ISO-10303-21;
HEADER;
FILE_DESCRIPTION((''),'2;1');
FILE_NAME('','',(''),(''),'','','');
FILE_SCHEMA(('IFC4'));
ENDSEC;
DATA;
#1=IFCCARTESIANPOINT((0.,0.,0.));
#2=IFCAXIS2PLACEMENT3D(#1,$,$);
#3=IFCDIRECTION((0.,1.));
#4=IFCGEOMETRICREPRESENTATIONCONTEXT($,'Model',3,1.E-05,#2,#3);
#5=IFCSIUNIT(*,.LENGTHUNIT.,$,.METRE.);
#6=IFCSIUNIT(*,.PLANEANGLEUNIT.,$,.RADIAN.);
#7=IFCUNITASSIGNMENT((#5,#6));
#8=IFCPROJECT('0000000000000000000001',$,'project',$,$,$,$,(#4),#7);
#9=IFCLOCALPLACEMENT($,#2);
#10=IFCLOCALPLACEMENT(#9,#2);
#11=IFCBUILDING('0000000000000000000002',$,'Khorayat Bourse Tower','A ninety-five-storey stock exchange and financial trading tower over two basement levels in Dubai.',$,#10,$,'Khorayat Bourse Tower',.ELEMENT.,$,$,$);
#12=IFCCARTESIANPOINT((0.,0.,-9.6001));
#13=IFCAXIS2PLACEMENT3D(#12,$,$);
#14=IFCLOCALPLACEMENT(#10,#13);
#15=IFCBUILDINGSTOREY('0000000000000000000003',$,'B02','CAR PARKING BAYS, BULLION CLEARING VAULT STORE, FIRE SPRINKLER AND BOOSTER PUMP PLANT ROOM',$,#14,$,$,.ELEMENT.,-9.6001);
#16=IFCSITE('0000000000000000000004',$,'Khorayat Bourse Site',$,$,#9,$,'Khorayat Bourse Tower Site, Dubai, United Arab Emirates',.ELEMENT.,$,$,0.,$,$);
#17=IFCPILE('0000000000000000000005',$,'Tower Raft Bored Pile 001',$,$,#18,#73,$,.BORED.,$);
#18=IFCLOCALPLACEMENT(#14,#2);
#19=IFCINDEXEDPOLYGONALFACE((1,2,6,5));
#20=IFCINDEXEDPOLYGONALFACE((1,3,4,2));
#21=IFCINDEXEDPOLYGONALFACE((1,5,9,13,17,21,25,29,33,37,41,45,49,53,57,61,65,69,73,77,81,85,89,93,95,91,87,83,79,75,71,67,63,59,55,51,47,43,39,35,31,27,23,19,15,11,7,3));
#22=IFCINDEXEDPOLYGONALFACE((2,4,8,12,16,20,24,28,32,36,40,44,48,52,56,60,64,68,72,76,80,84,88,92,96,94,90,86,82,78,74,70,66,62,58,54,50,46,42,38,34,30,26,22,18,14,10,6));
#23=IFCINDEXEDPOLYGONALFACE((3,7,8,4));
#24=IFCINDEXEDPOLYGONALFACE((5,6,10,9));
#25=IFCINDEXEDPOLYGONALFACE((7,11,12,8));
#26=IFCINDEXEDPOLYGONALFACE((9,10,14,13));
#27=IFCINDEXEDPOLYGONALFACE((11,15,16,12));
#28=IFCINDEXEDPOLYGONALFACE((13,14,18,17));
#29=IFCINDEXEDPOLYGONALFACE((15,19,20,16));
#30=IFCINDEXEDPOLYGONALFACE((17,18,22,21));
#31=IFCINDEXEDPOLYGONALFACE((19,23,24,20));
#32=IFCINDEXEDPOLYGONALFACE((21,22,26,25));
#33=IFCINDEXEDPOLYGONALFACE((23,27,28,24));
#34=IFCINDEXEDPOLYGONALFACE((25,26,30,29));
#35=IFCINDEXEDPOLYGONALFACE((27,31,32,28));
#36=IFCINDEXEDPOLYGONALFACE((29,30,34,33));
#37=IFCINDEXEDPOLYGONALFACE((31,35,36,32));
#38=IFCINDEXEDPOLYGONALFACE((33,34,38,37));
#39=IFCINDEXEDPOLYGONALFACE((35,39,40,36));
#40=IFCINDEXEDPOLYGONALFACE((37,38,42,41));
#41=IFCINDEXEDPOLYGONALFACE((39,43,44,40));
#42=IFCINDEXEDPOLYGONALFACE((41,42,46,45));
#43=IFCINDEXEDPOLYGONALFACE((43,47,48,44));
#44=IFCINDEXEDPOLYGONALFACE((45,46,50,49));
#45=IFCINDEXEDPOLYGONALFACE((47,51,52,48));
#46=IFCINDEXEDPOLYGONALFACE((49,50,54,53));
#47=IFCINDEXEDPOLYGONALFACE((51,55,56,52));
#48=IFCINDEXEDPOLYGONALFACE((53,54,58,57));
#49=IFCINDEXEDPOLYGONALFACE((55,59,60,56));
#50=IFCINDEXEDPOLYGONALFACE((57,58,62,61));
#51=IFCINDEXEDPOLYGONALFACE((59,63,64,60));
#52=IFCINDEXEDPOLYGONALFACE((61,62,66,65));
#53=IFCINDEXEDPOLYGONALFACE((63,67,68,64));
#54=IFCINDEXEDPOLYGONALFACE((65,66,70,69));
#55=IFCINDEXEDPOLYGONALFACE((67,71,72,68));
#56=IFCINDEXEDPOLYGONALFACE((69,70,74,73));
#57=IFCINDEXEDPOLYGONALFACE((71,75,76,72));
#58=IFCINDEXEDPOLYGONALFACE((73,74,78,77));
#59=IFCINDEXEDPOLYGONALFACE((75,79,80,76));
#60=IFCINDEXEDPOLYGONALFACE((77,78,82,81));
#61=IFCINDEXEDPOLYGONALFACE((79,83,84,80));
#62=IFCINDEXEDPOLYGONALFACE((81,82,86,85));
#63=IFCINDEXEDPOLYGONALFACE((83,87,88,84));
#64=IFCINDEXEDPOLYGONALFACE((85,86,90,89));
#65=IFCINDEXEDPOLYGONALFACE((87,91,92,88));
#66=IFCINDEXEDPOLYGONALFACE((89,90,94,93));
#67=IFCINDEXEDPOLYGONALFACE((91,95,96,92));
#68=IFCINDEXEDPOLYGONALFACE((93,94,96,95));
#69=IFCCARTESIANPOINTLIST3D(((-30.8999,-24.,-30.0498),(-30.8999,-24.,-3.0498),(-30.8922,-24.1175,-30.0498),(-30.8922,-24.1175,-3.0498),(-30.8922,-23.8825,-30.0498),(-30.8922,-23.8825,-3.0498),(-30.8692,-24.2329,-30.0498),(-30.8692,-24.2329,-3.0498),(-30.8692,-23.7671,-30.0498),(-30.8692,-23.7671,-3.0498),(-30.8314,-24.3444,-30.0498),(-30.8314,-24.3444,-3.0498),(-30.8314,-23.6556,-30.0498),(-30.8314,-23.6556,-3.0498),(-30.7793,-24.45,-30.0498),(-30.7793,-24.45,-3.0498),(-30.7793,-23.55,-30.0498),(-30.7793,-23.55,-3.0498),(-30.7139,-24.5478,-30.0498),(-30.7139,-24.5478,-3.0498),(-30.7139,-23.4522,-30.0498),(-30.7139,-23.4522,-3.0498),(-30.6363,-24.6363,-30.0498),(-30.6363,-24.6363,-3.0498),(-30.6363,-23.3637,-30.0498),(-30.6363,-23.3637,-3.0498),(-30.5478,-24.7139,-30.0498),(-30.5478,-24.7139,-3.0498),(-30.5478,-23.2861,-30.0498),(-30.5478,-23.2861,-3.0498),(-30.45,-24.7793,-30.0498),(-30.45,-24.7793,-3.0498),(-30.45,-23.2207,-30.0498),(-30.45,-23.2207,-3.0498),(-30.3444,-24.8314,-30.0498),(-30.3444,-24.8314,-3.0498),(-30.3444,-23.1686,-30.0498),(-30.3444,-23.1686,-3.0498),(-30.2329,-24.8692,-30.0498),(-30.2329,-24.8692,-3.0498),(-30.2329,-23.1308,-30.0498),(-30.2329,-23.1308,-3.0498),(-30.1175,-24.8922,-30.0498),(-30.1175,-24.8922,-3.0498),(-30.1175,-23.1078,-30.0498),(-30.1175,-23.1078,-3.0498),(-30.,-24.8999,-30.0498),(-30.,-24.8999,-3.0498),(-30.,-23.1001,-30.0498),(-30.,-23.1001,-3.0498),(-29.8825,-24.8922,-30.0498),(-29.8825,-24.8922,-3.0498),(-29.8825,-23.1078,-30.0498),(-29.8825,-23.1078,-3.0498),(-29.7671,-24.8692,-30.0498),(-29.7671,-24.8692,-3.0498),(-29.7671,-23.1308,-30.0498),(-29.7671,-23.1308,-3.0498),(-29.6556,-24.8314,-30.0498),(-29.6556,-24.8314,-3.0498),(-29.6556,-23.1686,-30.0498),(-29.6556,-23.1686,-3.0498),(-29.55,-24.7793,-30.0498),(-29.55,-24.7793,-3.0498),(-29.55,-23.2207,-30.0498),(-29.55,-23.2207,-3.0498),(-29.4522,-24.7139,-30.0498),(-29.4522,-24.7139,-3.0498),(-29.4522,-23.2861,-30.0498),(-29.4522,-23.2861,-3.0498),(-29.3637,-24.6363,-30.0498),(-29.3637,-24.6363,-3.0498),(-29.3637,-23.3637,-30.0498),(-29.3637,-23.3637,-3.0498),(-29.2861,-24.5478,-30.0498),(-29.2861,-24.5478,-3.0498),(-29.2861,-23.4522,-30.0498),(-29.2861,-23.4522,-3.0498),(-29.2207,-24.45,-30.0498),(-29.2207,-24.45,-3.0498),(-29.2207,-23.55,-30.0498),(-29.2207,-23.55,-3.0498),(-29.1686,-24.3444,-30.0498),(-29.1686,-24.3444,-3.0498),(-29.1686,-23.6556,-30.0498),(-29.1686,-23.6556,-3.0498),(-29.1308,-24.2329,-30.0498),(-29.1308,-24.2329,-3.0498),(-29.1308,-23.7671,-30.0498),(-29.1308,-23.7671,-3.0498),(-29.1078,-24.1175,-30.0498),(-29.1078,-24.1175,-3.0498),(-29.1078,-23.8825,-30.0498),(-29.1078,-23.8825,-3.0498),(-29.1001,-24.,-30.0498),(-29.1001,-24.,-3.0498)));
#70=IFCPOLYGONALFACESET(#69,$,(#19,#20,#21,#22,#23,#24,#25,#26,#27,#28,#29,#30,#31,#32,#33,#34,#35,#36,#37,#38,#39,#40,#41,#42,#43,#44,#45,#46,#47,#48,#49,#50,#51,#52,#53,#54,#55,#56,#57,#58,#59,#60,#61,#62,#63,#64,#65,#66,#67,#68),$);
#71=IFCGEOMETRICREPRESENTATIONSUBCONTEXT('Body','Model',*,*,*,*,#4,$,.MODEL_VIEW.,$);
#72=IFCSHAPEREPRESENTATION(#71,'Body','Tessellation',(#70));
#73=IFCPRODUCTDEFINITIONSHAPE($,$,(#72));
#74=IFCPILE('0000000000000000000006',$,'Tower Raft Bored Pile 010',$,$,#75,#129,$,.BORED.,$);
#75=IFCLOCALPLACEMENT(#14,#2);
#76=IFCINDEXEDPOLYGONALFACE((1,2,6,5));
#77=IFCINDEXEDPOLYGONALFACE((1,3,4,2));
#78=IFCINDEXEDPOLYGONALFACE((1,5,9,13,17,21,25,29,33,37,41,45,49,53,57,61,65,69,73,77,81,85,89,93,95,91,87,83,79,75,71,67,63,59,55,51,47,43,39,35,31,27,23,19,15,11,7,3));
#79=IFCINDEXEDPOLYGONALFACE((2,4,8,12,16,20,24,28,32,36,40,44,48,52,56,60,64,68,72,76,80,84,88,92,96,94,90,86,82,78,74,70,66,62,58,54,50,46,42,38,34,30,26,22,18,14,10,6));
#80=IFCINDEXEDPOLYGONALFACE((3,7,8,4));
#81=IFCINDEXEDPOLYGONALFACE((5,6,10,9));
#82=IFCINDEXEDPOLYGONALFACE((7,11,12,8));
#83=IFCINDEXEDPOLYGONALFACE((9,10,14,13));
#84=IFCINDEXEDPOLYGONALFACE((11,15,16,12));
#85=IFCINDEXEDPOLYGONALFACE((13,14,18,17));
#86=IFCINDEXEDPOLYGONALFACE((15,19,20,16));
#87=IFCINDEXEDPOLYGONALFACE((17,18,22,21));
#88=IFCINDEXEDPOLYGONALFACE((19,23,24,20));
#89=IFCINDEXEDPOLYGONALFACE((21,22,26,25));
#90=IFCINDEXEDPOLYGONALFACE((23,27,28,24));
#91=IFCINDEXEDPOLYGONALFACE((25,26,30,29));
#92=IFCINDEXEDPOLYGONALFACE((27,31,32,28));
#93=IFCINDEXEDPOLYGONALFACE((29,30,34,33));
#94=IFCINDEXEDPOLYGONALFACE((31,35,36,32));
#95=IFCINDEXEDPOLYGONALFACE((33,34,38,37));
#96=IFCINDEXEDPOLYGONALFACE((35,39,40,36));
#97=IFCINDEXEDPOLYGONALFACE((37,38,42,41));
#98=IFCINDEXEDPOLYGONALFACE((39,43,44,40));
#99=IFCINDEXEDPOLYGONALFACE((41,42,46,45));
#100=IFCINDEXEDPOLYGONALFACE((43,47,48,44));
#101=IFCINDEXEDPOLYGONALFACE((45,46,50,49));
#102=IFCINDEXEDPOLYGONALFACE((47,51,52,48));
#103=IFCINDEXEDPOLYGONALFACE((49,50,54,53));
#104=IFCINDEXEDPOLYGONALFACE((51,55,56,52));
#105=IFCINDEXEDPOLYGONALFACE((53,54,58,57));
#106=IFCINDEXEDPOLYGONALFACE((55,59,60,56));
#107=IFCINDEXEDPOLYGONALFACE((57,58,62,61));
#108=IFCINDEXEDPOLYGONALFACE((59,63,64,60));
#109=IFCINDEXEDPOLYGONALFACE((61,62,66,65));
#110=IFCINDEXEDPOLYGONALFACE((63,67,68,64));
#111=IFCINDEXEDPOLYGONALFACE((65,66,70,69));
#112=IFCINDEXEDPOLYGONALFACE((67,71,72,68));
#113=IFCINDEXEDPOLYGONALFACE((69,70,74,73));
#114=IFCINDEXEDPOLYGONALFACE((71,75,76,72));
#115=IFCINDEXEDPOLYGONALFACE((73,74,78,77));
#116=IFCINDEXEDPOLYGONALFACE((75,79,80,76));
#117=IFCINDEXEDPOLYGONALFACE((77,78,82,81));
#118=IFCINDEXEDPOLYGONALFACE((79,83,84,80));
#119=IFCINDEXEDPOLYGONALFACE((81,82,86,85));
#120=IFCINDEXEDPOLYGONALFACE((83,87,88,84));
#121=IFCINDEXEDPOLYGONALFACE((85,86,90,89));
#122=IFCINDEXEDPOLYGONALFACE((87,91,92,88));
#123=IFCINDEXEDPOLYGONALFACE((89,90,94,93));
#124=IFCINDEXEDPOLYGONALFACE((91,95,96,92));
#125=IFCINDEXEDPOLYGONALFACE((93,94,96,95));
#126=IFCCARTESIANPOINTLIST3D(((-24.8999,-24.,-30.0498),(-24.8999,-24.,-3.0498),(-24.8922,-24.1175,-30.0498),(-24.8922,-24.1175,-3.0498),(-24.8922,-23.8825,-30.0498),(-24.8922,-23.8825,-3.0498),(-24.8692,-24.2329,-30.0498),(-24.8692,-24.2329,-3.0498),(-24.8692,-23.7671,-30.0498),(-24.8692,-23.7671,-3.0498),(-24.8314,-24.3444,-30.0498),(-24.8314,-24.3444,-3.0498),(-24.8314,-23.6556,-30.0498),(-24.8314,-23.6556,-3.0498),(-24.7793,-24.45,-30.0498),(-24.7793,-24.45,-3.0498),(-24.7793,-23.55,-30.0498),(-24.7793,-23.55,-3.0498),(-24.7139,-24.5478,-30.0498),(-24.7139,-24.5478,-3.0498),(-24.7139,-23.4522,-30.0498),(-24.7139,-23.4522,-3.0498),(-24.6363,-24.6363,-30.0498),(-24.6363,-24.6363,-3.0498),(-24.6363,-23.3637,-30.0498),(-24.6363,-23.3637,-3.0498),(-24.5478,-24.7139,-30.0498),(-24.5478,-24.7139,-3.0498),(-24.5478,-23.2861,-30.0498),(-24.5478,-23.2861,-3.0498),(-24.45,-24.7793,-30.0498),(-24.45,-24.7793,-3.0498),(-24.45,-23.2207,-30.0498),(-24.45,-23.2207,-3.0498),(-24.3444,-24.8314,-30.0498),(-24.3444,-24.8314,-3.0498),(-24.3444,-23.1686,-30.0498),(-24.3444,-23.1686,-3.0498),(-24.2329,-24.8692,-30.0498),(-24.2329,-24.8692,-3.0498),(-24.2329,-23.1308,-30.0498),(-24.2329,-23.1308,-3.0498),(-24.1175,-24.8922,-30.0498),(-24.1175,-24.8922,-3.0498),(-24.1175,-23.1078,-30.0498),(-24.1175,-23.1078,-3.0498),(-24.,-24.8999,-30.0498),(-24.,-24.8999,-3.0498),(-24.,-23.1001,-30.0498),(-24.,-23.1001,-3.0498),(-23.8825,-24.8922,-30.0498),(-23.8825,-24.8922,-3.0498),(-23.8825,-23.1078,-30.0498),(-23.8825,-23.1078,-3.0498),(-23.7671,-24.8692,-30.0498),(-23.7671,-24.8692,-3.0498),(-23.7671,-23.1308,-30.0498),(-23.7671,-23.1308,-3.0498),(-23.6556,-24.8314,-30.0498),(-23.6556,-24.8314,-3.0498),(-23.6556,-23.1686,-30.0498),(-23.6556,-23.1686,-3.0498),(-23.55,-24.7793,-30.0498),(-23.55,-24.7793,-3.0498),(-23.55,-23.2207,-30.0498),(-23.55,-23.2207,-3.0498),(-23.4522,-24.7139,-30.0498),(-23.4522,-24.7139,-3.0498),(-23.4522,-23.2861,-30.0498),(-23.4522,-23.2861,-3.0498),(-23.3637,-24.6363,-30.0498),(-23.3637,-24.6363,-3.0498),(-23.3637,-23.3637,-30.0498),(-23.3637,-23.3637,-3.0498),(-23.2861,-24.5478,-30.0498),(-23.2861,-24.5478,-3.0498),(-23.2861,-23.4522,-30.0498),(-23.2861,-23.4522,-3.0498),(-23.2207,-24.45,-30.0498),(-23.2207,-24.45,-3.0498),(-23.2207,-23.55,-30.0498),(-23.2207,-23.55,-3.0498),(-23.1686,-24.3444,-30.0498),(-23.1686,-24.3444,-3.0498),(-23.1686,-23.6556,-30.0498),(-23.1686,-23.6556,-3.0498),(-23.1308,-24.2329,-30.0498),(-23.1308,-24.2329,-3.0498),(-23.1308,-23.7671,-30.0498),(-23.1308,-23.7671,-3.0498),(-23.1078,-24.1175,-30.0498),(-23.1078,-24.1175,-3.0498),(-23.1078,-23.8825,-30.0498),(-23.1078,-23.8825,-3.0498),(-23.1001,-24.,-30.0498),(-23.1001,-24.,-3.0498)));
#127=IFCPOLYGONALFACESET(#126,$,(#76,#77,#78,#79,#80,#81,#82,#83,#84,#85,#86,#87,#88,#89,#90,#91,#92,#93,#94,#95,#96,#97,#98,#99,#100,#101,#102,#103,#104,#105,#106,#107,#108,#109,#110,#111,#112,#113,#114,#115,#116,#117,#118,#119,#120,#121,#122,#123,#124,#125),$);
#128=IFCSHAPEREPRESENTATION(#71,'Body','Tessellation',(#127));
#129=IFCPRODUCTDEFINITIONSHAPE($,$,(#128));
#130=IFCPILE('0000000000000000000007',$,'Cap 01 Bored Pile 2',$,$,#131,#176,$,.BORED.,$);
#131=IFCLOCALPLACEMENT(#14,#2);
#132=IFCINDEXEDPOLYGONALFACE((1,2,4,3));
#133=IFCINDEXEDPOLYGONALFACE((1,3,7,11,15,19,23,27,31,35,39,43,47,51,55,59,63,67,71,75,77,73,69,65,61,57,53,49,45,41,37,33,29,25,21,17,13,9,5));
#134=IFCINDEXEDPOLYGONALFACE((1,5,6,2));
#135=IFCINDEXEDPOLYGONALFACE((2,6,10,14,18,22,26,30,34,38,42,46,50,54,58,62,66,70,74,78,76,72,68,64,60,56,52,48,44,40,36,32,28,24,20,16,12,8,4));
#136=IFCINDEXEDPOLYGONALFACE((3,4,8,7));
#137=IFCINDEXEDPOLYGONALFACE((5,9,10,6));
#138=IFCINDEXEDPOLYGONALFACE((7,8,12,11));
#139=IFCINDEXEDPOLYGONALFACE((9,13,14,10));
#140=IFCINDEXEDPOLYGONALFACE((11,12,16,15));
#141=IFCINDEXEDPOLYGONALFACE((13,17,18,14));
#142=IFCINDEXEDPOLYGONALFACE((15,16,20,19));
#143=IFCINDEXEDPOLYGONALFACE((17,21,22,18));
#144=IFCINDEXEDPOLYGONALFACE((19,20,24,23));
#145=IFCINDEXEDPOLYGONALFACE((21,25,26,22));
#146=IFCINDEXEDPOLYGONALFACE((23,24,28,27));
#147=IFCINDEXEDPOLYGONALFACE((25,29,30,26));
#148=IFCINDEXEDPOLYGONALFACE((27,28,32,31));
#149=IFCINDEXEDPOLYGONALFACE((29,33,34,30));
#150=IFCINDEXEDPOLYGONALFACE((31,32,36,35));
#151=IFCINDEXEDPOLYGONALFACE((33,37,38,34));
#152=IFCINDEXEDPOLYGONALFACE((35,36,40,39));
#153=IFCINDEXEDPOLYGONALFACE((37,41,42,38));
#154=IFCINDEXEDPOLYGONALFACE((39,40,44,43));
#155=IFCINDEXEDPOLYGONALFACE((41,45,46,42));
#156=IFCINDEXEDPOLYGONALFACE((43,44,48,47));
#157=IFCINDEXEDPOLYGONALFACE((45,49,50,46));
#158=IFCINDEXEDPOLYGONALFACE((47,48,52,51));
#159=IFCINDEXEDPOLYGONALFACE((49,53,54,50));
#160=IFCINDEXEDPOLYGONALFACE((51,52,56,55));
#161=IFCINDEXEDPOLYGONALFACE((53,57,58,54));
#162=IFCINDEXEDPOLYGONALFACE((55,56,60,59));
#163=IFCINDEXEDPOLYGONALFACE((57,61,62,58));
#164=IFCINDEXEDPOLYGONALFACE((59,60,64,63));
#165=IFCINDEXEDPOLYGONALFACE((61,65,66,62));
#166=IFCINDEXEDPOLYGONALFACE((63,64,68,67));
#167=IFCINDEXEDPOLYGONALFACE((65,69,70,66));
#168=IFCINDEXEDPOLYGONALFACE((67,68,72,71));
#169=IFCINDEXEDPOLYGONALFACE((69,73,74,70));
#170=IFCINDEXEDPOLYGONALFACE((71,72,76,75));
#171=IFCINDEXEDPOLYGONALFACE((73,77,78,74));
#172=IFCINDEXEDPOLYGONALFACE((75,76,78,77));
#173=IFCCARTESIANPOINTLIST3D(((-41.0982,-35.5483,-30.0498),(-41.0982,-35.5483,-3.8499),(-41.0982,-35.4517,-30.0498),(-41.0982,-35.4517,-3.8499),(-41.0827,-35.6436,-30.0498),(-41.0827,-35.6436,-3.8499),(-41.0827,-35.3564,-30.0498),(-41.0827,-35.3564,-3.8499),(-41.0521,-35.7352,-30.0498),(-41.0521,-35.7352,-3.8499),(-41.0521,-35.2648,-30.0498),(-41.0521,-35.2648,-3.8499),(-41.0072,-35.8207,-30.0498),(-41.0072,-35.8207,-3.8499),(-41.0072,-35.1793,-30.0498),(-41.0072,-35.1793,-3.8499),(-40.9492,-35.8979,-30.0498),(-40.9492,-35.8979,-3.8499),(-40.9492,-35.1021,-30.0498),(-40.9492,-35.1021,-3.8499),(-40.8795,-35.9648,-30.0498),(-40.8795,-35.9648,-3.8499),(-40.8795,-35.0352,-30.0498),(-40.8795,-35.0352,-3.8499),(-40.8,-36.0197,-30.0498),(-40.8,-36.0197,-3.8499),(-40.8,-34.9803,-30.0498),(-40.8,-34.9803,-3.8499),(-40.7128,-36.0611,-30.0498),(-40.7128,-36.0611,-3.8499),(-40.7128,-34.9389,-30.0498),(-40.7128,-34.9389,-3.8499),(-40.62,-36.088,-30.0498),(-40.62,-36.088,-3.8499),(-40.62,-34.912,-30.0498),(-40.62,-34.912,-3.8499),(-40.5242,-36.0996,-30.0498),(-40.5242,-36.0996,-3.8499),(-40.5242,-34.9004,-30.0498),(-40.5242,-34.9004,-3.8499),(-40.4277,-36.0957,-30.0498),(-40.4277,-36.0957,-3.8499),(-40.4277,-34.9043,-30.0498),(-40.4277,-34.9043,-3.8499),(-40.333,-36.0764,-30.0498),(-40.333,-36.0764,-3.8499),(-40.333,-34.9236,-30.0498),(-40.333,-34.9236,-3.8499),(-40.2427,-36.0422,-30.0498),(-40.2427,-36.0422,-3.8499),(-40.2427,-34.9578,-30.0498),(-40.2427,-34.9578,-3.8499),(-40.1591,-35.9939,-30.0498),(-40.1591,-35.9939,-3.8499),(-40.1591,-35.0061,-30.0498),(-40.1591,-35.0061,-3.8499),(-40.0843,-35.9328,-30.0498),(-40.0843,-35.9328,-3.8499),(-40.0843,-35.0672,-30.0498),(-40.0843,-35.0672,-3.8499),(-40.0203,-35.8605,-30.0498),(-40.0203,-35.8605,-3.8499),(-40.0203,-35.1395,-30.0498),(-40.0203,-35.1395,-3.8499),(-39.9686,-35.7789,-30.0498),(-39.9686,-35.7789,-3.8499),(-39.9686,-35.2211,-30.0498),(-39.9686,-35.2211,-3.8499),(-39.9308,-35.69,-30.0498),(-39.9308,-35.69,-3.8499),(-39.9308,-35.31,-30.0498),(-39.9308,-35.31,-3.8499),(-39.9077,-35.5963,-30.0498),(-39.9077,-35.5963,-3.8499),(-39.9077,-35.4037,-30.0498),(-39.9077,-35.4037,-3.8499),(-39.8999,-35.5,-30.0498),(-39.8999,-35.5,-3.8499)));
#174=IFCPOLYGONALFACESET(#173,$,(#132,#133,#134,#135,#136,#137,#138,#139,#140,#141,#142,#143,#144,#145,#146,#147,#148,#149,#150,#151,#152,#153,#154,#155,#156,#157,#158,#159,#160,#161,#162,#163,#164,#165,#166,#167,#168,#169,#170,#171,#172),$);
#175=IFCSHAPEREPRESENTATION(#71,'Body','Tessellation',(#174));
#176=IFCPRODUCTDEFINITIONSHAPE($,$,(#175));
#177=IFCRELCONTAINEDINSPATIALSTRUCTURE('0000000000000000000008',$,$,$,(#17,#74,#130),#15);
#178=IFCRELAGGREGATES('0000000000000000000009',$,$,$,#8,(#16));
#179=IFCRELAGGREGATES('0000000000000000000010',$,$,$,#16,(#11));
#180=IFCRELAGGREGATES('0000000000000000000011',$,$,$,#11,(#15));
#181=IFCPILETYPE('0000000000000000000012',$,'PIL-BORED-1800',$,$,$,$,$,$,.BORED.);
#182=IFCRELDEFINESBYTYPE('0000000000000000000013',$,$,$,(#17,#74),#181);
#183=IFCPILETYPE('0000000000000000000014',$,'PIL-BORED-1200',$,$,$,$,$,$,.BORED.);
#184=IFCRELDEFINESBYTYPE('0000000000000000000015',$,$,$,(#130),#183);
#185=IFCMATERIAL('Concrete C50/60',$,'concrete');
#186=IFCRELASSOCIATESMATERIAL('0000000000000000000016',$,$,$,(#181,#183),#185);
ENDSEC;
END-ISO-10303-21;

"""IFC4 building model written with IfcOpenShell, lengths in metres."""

from ifc_helpers import new_model, si_unit, direction, frame, origin, origin_2d, place, context, subcontext, project, spatial, circle, extrude, source, transform, mapped, material, material_profile, profile_set, type_object, element, save


model = new_model("IFC4")

# Units and contexts
model_context = context("Model", 3, precision=1e-05, world=origin(), true_north=direction((0.0, 1.0)))
body_context = subcontext(model_context, "Body", "Model", "MODEL_VIEW")
ifc_project = project(units=[si_unit("LENGTHUNIT", "METRE"), si_unit("PLANEANGLEUNIT", "RADIAN")], contexts=[model_context])

# Site, building, storey
site_placement = place(None, origin())
site = spatial("IfcSite", under=ifc_project, at=site_placement, Name="Khorayat Bourse Site", LongName="Khorayat Bourse Tower Site, Dubai, United Arab Emirates", CompositionType="ELEMENT", RefElevation=0.0)
building_placement = place(site_placement, origin())
building = spatial("IfcBuilding", under=site, at=building_placement, Name="Khorayat Bourse Tower", Description="A ninety-five-storey stock exchange and financial trading tower over two basement levels in Dubai.", LongName="Khorayat Bourse Tower", CompositionType="ELEMENT")
storey_placement = place(building_placement, frame((0.0, 0.0, -9.6001)))
storey = spatial("IfcBuildingStorey", under=building, at=storey_placement, Name="B02", Description="CAR PARKING BAYS, BULLION CLEARING VAULT STORE, FIRE SPRINKLER AND BOOSTER PUMP PLANT ROOM", CompositionType="ELEMENT", Elevation=-9.6001)

# Piles
ifc_material_1 = material(Name="Concrete C50/60", Category="concrete")
ifc_material_profile_1 = material_profile(ifc_material_1, circle(Radius=0.8999, at=origin_2d()), Name="BORED PILE D1800")
ifc_profile_set_1 = profile_set([ifc_material_profile_1], Name="Concrete C50/60")
pile_type_1 = type_object("IfcPileType", Name="PIL-BORED-1800", PredefinedType="BORED", material=ifc_profile_set_1)
shared_shape_1 = source(origin(), body_context, "Body", "SweptSolid", [
    extrude(circle(Radius=0.8999, at=origin_2d()), origin(), (0.0, 0.0, 1.0), 27.0),
])
for number, where, z_axis, x_axis, name in (
    (1, (-30.0, -24.0, -3.0498), (0.0, 0.0, -1.0), (1.0, 0.0, 0.0), "Tower Raft Bored Pile 001"),
    (2, (-24.0, -24.0, -3.0498), (0.0, 0.0, -1.0), (1.0, 0.0, 0.0), "Tower Raft Bored Pile 010"),
):
    element("IfcPile", number, at=place(storey_placement, frame(where, z_axis=z_axis, x_axis=x_axis)), inside=storey, type_object=pile_type_1, Name=name, PredefinedType="BORED", context=body_context, shape_type="MappedRepresentation", body=[
        mapped(shared_shape_1, transform((0.0, 0.0, 0.0), scale=1.0)),
    ])
ifc_material_profile_2 = material_profile(ifc_material_1, circle(Radius=0.6001, at=origin_2d()), Name="BORED PILE D1200")
ifc_profile_set_2 = profile_set([ifc_material_profile_2], Name="Concrete C50/60")
pile_type_2 = type_object("IfcPileType", Name="PIL-BORED-1200", PredefinedType="BORED", material=ifc_profile_set_2)
shared_shape_2 = source(origin(), body_context, "Body", "SweptSolid", [
    extrude(circle(Radius=0.6001, at=origin_2d()), origin(), (0.0, 0.0, 1.0), 26.2),
])
for number, where, z_axis, x_axis, name in (
    (3, (-40.5, -35.5, -3.8499), (0.0, 0.0, -1.0), (1.0, 0.0, 0.0), "Cap 01 Bored Pile 2"),
):
    element("IfcPile", number, at=place(storey_placement, frame(where, z_axis=z_axis, x_axis=x_axis)), inside=storey, type_object=pile_type_2, Name=name, PredefinedType="BORED", context=body_context, shape_type="MappedRepresentation", body=[
        mapped(shared_shape_2, transform((0.0, 0.0, 0.0), scale=1.0)),
    ])

save(model, "model.ifc")
